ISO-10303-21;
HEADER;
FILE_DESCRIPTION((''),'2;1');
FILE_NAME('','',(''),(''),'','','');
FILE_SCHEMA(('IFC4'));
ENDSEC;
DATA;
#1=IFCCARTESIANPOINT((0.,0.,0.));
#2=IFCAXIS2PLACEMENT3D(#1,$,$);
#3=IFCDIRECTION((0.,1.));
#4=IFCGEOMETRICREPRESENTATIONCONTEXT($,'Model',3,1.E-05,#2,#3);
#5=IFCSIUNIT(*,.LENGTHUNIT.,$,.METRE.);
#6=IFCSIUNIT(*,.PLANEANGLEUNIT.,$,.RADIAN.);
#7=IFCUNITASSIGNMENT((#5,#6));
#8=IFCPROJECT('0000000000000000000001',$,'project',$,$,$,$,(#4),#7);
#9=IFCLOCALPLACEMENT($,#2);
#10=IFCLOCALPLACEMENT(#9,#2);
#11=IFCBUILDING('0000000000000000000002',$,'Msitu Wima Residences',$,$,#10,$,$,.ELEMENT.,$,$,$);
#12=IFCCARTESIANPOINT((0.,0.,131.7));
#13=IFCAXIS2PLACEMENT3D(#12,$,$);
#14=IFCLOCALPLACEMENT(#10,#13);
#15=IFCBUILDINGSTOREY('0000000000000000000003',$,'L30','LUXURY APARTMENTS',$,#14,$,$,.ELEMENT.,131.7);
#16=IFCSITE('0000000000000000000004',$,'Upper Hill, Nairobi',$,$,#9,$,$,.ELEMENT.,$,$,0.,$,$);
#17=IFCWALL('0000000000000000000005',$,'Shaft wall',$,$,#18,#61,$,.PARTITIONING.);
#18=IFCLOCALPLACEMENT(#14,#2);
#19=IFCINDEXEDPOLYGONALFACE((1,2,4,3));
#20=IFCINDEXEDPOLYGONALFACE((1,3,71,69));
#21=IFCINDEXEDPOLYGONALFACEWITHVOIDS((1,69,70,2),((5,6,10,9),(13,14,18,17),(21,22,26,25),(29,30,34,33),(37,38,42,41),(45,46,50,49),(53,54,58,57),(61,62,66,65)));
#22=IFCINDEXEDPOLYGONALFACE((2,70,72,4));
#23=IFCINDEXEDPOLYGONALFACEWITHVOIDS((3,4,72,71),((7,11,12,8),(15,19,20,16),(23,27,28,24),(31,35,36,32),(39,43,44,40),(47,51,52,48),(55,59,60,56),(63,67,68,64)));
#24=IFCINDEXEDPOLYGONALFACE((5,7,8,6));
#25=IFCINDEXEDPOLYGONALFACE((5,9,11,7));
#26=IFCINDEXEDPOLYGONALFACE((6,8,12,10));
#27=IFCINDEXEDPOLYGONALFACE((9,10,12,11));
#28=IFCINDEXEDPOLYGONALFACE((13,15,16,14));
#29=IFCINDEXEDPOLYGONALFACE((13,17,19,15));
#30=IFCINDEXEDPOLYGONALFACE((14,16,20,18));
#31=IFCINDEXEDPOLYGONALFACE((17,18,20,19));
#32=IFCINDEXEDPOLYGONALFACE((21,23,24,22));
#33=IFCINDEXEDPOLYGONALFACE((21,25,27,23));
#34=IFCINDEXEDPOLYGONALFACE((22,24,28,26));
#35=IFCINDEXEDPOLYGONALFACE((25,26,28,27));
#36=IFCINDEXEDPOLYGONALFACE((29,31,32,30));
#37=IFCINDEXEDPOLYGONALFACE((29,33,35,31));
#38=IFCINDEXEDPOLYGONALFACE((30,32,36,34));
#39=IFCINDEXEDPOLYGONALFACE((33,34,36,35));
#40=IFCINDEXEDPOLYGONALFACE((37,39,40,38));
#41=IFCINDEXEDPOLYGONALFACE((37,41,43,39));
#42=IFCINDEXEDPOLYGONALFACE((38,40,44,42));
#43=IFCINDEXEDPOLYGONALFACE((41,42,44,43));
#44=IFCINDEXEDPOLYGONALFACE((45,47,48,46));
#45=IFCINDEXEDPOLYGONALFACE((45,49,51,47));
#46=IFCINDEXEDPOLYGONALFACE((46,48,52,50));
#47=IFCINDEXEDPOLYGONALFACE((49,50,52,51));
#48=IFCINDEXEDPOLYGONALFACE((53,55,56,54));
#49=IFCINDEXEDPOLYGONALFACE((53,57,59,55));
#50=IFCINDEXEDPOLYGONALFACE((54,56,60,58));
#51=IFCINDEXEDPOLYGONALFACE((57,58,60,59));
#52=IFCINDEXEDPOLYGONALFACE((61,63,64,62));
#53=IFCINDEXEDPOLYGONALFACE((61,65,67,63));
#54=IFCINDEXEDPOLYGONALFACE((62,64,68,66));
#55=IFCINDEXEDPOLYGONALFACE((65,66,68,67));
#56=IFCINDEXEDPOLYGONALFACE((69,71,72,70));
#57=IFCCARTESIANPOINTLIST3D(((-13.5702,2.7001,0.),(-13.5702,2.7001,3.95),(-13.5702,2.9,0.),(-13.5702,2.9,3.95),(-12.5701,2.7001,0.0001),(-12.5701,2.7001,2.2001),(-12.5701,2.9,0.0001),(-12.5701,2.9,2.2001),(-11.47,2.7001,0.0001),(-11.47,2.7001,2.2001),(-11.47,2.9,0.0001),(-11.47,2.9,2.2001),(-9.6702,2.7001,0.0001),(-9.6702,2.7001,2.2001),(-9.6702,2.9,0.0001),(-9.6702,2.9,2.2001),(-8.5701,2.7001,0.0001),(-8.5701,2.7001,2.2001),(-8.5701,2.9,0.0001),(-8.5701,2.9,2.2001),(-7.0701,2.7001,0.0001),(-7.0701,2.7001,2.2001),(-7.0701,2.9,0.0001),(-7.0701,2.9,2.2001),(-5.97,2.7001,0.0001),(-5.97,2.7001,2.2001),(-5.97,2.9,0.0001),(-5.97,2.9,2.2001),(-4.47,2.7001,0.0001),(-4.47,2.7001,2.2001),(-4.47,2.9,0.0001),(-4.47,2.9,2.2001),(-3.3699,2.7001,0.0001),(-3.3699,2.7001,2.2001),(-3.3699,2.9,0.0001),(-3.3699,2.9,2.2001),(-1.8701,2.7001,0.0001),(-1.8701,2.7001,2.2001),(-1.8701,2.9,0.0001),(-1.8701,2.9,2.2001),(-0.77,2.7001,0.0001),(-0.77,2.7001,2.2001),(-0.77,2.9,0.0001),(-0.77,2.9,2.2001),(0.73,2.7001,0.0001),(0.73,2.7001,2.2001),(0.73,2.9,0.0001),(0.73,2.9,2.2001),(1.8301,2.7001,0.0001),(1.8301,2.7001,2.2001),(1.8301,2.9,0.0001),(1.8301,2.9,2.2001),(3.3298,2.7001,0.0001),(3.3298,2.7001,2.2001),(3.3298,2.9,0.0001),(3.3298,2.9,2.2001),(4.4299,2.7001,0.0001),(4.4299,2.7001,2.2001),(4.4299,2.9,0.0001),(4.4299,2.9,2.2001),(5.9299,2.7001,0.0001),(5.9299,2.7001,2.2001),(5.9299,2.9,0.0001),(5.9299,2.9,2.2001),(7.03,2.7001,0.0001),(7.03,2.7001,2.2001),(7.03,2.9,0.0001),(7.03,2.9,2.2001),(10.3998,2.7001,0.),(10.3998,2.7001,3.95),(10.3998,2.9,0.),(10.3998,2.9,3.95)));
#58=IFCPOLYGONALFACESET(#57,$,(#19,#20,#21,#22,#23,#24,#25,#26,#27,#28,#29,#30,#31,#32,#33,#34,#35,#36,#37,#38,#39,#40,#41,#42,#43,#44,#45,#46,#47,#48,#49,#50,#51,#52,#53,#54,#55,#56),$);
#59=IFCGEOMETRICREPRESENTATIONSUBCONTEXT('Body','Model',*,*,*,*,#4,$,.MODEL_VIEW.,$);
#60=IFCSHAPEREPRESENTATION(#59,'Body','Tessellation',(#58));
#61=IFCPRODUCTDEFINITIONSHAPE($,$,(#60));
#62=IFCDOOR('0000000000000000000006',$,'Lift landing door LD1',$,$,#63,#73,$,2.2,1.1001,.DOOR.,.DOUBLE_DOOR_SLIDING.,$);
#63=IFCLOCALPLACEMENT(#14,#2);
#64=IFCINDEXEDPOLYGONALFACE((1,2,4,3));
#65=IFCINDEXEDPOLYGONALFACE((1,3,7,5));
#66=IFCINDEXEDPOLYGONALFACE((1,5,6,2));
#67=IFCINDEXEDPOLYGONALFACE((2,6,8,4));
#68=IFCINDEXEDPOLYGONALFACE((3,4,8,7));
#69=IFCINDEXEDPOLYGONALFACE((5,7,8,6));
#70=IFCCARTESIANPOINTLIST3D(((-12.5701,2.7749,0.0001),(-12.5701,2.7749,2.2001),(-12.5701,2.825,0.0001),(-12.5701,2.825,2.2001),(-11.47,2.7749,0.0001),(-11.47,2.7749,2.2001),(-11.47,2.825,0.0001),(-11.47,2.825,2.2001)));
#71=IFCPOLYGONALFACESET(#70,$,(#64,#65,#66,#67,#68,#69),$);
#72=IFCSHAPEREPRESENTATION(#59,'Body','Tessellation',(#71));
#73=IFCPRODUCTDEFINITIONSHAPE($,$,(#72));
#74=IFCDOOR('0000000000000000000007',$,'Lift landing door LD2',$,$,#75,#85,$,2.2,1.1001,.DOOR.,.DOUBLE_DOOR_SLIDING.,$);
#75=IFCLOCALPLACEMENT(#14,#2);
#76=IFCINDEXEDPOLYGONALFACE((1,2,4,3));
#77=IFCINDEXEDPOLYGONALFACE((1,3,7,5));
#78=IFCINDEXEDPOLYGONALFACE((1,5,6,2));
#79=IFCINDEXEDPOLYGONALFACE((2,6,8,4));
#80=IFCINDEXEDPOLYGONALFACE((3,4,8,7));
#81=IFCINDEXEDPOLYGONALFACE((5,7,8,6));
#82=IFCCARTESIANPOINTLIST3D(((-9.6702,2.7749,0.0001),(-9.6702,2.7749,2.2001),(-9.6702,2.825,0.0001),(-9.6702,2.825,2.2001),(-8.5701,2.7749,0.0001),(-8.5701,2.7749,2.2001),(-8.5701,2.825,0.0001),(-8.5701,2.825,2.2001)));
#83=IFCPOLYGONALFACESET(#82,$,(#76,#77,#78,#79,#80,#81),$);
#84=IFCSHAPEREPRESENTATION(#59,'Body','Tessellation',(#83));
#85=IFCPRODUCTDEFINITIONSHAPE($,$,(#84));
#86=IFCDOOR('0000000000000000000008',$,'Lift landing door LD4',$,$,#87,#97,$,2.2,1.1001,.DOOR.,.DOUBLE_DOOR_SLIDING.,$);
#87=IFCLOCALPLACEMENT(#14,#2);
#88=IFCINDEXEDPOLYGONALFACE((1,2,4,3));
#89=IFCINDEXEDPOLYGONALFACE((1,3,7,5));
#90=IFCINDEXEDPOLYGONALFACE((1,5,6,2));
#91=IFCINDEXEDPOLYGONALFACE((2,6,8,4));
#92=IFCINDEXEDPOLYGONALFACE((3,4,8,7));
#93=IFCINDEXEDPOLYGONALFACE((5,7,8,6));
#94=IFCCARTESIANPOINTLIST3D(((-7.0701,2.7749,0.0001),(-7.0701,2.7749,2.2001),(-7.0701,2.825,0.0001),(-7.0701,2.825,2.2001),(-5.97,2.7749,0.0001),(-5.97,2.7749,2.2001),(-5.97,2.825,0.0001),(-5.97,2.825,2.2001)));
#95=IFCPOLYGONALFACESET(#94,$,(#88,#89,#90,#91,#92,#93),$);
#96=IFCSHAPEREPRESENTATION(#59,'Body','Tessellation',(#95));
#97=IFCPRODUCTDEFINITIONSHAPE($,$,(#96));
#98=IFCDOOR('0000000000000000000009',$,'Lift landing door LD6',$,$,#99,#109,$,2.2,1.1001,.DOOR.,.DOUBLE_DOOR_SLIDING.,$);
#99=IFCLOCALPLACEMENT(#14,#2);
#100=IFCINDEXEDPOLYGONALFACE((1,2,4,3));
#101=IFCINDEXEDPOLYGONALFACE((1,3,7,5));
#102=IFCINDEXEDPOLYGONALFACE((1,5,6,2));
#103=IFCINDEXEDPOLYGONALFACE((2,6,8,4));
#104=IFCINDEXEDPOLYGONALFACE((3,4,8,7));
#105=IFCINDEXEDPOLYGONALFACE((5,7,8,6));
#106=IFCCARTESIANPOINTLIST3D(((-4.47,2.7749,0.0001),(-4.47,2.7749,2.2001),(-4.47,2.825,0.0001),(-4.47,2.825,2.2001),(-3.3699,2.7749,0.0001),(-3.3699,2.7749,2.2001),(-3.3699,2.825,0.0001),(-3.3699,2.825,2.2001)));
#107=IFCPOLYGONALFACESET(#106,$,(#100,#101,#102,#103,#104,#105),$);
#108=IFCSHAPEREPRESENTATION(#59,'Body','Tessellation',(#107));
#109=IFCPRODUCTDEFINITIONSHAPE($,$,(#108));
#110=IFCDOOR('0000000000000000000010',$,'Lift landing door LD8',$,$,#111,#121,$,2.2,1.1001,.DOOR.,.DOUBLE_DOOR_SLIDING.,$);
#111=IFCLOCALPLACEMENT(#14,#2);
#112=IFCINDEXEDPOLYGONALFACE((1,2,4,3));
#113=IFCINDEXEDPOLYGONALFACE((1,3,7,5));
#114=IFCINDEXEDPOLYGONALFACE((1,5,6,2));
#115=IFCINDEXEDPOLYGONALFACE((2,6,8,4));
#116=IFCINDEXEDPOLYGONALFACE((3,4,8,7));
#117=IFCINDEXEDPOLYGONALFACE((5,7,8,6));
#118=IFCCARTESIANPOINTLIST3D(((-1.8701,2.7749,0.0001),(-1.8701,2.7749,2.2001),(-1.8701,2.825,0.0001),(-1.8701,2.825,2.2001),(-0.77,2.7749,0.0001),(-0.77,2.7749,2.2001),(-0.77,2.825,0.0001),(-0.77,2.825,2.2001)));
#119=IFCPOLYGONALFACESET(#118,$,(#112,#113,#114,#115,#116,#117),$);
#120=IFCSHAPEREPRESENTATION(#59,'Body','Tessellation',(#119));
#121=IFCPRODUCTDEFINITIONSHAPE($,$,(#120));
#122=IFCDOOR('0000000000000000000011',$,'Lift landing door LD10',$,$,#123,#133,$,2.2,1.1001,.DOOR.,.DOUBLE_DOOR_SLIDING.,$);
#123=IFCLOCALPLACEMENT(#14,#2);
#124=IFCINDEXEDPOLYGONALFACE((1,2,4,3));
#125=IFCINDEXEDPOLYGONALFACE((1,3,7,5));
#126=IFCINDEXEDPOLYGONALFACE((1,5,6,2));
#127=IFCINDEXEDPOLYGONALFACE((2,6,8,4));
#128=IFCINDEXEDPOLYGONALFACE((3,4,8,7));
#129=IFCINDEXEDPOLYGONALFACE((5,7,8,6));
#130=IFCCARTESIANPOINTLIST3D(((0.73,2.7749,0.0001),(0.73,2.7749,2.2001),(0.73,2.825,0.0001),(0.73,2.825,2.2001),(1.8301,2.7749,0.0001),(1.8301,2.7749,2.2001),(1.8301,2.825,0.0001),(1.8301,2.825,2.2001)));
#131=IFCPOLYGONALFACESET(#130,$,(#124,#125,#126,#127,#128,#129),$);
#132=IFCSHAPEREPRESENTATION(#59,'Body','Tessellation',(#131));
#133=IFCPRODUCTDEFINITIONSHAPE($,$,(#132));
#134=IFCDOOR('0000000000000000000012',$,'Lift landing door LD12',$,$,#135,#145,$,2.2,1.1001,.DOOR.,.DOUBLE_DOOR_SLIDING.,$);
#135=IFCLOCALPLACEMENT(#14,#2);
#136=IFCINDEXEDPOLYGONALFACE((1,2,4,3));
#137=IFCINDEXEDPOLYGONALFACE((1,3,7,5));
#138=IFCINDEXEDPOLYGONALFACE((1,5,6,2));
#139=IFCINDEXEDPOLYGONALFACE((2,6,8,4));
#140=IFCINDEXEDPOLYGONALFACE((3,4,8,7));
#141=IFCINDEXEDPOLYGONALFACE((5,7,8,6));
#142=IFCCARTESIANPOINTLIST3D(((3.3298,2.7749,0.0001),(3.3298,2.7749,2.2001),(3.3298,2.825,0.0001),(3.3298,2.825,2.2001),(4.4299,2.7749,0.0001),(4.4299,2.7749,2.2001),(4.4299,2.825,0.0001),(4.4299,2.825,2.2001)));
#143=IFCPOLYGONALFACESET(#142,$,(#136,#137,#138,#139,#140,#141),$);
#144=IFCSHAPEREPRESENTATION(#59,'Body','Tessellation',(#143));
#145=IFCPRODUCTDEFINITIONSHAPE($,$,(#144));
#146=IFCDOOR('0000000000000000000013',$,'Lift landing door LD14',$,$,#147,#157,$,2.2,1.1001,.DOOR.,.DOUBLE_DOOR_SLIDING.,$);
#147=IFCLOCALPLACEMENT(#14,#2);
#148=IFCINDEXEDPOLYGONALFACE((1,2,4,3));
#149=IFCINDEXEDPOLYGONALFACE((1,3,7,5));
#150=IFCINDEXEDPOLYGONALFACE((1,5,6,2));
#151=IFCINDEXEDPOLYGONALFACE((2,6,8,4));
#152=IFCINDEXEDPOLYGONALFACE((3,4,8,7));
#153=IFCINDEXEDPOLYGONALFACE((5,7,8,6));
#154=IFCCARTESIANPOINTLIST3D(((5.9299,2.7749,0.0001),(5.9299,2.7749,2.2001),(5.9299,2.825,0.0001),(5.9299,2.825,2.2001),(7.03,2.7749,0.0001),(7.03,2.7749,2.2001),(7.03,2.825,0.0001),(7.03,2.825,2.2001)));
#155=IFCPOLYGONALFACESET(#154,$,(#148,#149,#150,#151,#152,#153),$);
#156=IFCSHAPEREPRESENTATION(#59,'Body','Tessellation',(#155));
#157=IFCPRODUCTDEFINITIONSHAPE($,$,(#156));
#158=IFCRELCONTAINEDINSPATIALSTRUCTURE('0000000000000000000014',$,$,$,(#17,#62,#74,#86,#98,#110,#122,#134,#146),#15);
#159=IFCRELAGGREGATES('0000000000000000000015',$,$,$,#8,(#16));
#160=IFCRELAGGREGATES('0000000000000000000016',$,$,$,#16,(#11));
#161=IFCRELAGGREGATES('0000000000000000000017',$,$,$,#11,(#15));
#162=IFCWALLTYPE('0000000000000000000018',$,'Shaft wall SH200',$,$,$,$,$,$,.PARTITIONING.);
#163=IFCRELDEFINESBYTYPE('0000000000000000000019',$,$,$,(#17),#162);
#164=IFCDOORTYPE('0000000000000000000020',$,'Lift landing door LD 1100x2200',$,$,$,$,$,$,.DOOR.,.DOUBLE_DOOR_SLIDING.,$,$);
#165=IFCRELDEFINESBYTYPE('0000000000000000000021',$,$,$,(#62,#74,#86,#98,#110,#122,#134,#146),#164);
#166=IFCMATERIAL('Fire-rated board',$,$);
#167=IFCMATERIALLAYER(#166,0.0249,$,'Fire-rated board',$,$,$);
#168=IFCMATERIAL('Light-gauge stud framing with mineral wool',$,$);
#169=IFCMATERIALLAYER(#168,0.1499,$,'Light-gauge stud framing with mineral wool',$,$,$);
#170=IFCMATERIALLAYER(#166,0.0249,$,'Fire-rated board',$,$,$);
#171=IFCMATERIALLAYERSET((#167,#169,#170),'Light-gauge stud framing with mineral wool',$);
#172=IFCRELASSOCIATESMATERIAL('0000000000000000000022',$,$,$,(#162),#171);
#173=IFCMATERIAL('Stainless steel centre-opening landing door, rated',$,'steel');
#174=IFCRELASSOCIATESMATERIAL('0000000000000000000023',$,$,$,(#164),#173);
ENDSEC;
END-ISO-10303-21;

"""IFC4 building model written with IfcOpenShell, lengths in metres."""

from ifc_helpers import new_model, si_unit, direction, frame, frame_2d, origin, place, context, subcontext, project, spatial, rectangle, extrude, material, layer, layer_set, type_object, element, fill, save


model = new_model("IFC4")

# Units and contexts
model_context = context("Model", 3, precision=1e-05, world=origin(), true_north=direction((0.0, 1.0)))
body_context = subcontext(model_context, "Body", "Model", "MODEL_VIEW")
ifc_project = project(units=[si_unit("LENGTHUNIT", "METRE"), si_unit("PLANEANGLEUNIT", "RADIAN")], contexts=[model_context])

# Site, building, storey
site_placement = place(None, origin())
site = spatial("IfcSite", under=ifc_project, at=site_placement, Name="Upper Hill, Nairobi", CompositionType="ELEMENT", RefElevation=0.0)
building_placement = place(site_placement, origin())
building = spatial("IfcBuilding", under=site, at=building_placement, Name="Msitu Wima Residences", CompositionType="ELEMENT")
storey_placement = place(building_placement, frame((0.0, 0.0, 131.7)))
storey = spatial("IfcBuildingStorey", under=building, at=storey_placement, Name="L30", Description="LUXURY APARTMENTS", CompositionType="ELEMENT", Elevation=131.7)

# Shared definitions
ifc_material_1 = material(Name="Fire-rated board")
ifc_layer_1 = layer(ifc_material_1, 0.0249, Name="Fire-rated board")
ifc_material_2 = material(Name="Light-gauge stud framing with mineral wool")
ifc_layer_2 = layer(ifc_material_2, 0.1499, Name="Light-gauge stud framing with mineral wool")
ifc_layer_3 = layer(ifc_material_1, 0.0249, Name="Fire-rated board")
ifc_layer_set_1 = layer_set([ifc_layer_1, ifc_layer_2, ifc_layer_3], Name="Light-gauge stud framing with mineral wool")
wall_type_1 = type_object("IfcWallType", Name="Shaft wall SH200", PredefinedType="PARTITIONING", material=ifc_layer_set_1)

# Wall, openings, doors
wall_1_placement = place(storey_placement, frame((-13.5701, 2.8, 0.0), z_axis=(0.0, 0.0, 1.0), x_axis=(1.0, 0.0, 0.0)))
wall_1 = element("IfcWall", 1, at=wall_1_placement, inside=storey, type_object=wall_type_1, Name="Shaft wall", PredefinedType="PARTITIONING", context=body_context, shape_type="SweptSolid", body=[
    extrude(rectangle(XDim=23.97, YDim=0.2, at=frame_2d((11.9849, 0.0))), origin(), (0.0, 0.0, 1.0), 3.95),
])
opening_1_placement = place(wall_1_placement, frame((1.0, 0.0, 0.0)))
opening_1 = element("IfcOpeningElement", 2, at=opening_1_placement, cuts=wall_1, PredefinedType="OPENING", context=body_context, shape_type="SweptSolid", body=[
    extrude(rectangle(XDim=1.1001, YDim=2.2, at=frame_2d((0.55, 1.1001))), frame((0.0, 0.1099, 0.0), z_axis=(0.0, -1.0, 0.0), x_axis=(1.0, 0.0, 0.0)), (0.0, 0.0, 1.0), 0.22),
])
opening_2_placement = place(wall_1_placement, frame((3.8999, 0.0, 0.0)))
opening_2 = element("IfcOpeningElement", 3, at=opening_2_placement, cuts=wall_1, PredefinedType="OPENING", context=body_context, shape_type="SweptSolid", body=[
    extrude(rectangle(XDim=1.1001, YDim=2.2, at=frame_2d((0.55, 1.1001))), frame((0.0, 0.1099, 0.0), z_axis=(0.0, -1.0, 0.0), x_axis=(1.0, 0.0, 0.0)), (0.0, 0.0, 1.0), 0.22),
])
opening_3_placement = place(wall_1_placement, frame((6.5, 0.0, 0.0)))
opening_3 = element("IfcOpeningElement", 4, at=opening_3_placement, cuts=wall_1, PredefinedType="OPENING", context=body_context, shape_type="SweptSolid", body=[
    extrude(rectangle(XDim=1.1001, YDim=2.2, at=frame_2d((0.55, 1.1001))), frame((0.0, 0.1099, 0.0), z_axis=(0.0, -1.0, 0.0), x_axis=(1.0, 0.0, 0.0)), (0.0, 0.0, 1.0), 0.22),
])
opening_4_placement = place(wall_1_placement, frame((9.1001, 0.0, 0.0)))
opening_4 = element("IfcOpeningElement", 5, at=opening_4_placement, cuts=wall_1, PredefinedType="OPENING", context=body_context, shape_type="SweptSolid", body=[
    extrude(rectangle(XDim=1.1001, YDim=2.2, at=frame_2d((0.55, 1.1001))), frame((0.0, 0.1099, 0.0), z_axis=(0.0, -1.0, 0.0), x_axis=(1.0, 0.0, 0.0)), (0.0, 0.0, 1.0), 0.22),
])
opening_5_placement = place(wall_1_placement, frame((11.7, 0.0, 0.0)))
opening_5 = element("IfcOpeningElement", 6, at=opening_5_placement, cuts=wall_1, PredefinedType="OPENING", context=body_context, shape_type="SweptSolid", body=[
    extrude(rectangle(XDim=1.1001, YDim=2.2, at=frame_2d((0.55, 1.1001))), frame((0.0, 0.1099, 0.0), z_axis=(0.0, -1.0, 0.0), x_axis=(1.0, 0.0, 0.0)), (0.0, 0.0, 1.0), 0.22),
])
opening_6_placement = place(wall_1_placement, frame((14.3, 0.0, 0.0)))
opening_6 = element("IfcOpeningElement", 7, at=opening_6_placement, cuts=wall_1, PredefinedType="OPENING", context=body_context, shape_type="SweptSolid", body=[
    extrude(rectangle(XDim=1.1001, YDim=2.2, at=frame_2d((0.55, 1.1001))), frame((0.0, 0.1099, 0.0), z_axis=(0.0, -1.0, 0.0), x_axis=(1.0, 0.0, 0.0)), (0.0, 0.0, 1.0), 0.22),
])
opening_7_placement = place(wall_1_placement, frame((16.8999, 0.0, 0.0)))
opening_7 = element("IfcOpeningElement", 8, at=opening_7_placement, cuts=wall_1, PredefinedType="OPENING", context=body_context, shape_type="SweptSolid", body=[
    extrude(rectangle(XDim=1.1001, YDim=2.2, at=frame_2d((0.55, 1.1001))), frame((0.0, 0.1099, 0.0), z_axis=(0.0, -1.0, 0.0), x_axis=(1.0, 0.0, 0.0)), (0.0, 0.0, 1.0), 0.22),
])
opening_8_placement = place(wall_1_placement, frame((19.5, 0.0, 0.0)))
opening_8 = element("IfcOpeningElement", 9, at=opening_8_placement, cuts=wall_1, PredefinedType="OPENING", context=body_context, shape_type="SweptSolid", body=[
    extrude(rectangle(XDim=1.1001, YDim=2.2, at=frame_2d((0.55, 1.1001))), frame((0.0, 0.1099, 0.0), z_axis=(0.0, -1.0, 0.0), x_axis=(1.0, 0.0, 0.0)), (0.0, 0.0, 1.0), 0.22),
])
ifc_material_3 = material(Name="Stainless steel centre-opening landing door, rated", Category="steel")
door_type_1 = type_object("IfcDoorType", Name="Lift landing door LD 1100x2200", OperationType="DOUBLE_DOOR_SLIDING", PredefinedType="DOOR", material=ifc_material_3)
door_1_placement = place(opening_1_placement, origin())
door_1 = element("IfcDoor", 10, at=door_1_placement, inside=storey, type_object=door_type_1, Name="Lift landing door LD1", OperationType="DOUBLE_DOOR_SLIDING", OverallHeight=2.2, OverallWidth=1.1001, PredefinedType="DOOR", context=body_context, shape_type="SweptSolid", body=[
    extrude(rectangle(XDim=1.1001, YDim=2.2, at=frame_2d((0.55, 1.1001))), frame((0.0, 0.0249, 0.0), z_axis=(0.0, -1.0, 0.0), x_axis=(1.0, 0.0, 0.0)), (0.0, 0.0, 1.0), 0.05),
])
fill(opening_1, door_1)
door_2_placement = place(opening_2_placement, origin())
door_2 = element("IfcDoor", 11, at=door_2_placement, inside=storey, type_object=door_type_1, Name="Lift landing door LD2", OperationType="DOUBLE_DOOR_SLIDING", OverallHeight=2.2, OverallWidth=1.1001, PredefinedType="DOOR", context=body_context, shape_type="SweptSolid", body=[
    extrude(rectangle(XDim=1.1001, YDim=2.2, at=frame_2d((0.55, 1.1001))), frame((0.0, 0.0249, 0.0), z_axis=(0.0, -1.0, 0.0), x_axis=(1.0, 0.0, 0.0)), (0.0, 0.0, 1.0), 0.05),
])
fill(opening_2, door_2)
door_3_placement = place(opening_3_placement, origin())
door_3 = element("IfcDoor", 12, at=door_3_placement, inside=storey, type_object=door_type_1, Name="Lift landing door LD4", OperationType="DOUBLE_DOOR_SLIDING", OverallHeight=2.2, OverallWidth=1.1001, PredefinedType="DOOR", context=body_context, shape_type="SweptSolid", body=[
    extrude(rectangle(XDim=1.1001, YDim=2.2, at=frame_2d((0.55, 1.1001))), frame((0.0, 0.0249, 0.0), z_axis=(0.0, -1.0, 0.0), x_axis=(1.0, 0.0, 0.0)), (0.0, 0.0, 1.0), 0.05),
])
fill(opening_3, door_3)
door_4_placement = place(opening_4_placement, origin())
door_4 = element("IfcDoor", 13, at=door_4_placement, inside=storey, type_object=door_type_1, Name="Lift landing door LD6", OperationType="DOUBLE_DOOR_SLIDING", OverallHeight=2.2, OverallWidth=1.1001, PredefinedType="DOOR", context=body_context, shape_type="SweptSolid", body=[
    extrude(rectangle(XDim=1.1001, YDim=2.2, at=frame_2d((0.55, 1.1001))), frame((0.0, 0.0249, 0.0), z_axis=(0.0, -1.0, 0.0), x_axis=(1.0, 0.0, 0.0)), (0.0, 0.0, 1.0), 0.05),
])
fill(opening_4, door_4)
door_5_placement = place(opening_5_placement, origin())
door_5 = element("IfcDoor", 14, at=door_5_placement, inside=storey, type_object=door_type_1, Name="Lift landing door LD8", OperationType="DOUBLE_DOOR_SLIDING", OverallHeight=2.2, OverallWidth=1.1001, PredefinedType="DOOR", context=body_context, shape_type="SweptSolid", body=[
    extrude(rectangle(XDim=1.1001, YDim=2.2, at=frame_2d((0.55, 1.1001))), frame((0.0, 0.0249, 0.0), z_axis=(0.0, -1.0, 0.0), x_axis=(1.0, 0.0, 0.0)), (0.0, 0.0, 1.0), 0.05),
])
fill(opening_5, door_5)
door_6_placement = place(opening_6_placement, origin())
door_6 = element("IfcDoor", 15, at=door_6_placement, inside=storey, type_object=door_type_1, Name="Lift landing door LD10", OperationType="DOUBLE_DOOR_SLIDING", OverallHeight=2.2, OverallWidth=1.1001, PredefinedType="DOOR", context=body_context, shape_type="SweptSolid", body=[
    extrude(rectangle(XDim=1.1001, YDim=2.2, at=frame_2d((0.55, 1.1001))), frame((0.0, 0.0249, 0.0), z_axis=(0.0, -1.0, 0.0), x_axis=(1.0, 0.0, 0.0)), (0.0, 0.0, 1.0), 0.05),
])
fill(opening_6, door_6)
door_7_placement = place(opening_7_placement, origin())
door_7 = element("IfcDoor", 16, at=door_7_placement, inside=storey, type_object=door_type_1, Name="Lift landing door LD12", OperationType="DOUBLE_DOOR_SLIDING", OverallHeight=2.2, OverallWidth=1.1001, PredefinedType="DOOR", context=body_context, shape_type="SweptSolid", body=[
    extrude(rectangle(XDim=1.1001, YDim=2.2, at=frame_2d((0.55, 1.1001))), frame((0.0, 0.0249, 0.0), z_axis=(0.0, -1.0, 0.0), x_axis=(1.0, 0.0, 0.0)), (0.0, 0.0, 1.0), 0.05),
])
fill(opening_7, door_7)
door_8_placement = place(opening_8_placement, origin())
door_8 = element("IfcDoor", 17, at=door_8_placement, inside=storey, type_object=door_type_1, Name="Lift landing door LD14", OperationType="DOUBLE_DOOR_SLIDING", OverallHeight=2.2, OverallWidth=1.1001, PredefinedType="DOOR", context=body_context, shape_type="SweptSolid", body=[
    extrude(rectangle(XDim=1.1001, YDim=2.2, at=frame_2d((0.55, 1.1001))), frame((0.0, 0.0249, 0.0), z_axis=(0.0, -1.0, 0.0), x_axis=(1.0, 0.0, 0.0)), (0.0, 0.0, 1.0), 0.05),
])
fill(opening_8, door_8)

save(model, "model.ifc")
